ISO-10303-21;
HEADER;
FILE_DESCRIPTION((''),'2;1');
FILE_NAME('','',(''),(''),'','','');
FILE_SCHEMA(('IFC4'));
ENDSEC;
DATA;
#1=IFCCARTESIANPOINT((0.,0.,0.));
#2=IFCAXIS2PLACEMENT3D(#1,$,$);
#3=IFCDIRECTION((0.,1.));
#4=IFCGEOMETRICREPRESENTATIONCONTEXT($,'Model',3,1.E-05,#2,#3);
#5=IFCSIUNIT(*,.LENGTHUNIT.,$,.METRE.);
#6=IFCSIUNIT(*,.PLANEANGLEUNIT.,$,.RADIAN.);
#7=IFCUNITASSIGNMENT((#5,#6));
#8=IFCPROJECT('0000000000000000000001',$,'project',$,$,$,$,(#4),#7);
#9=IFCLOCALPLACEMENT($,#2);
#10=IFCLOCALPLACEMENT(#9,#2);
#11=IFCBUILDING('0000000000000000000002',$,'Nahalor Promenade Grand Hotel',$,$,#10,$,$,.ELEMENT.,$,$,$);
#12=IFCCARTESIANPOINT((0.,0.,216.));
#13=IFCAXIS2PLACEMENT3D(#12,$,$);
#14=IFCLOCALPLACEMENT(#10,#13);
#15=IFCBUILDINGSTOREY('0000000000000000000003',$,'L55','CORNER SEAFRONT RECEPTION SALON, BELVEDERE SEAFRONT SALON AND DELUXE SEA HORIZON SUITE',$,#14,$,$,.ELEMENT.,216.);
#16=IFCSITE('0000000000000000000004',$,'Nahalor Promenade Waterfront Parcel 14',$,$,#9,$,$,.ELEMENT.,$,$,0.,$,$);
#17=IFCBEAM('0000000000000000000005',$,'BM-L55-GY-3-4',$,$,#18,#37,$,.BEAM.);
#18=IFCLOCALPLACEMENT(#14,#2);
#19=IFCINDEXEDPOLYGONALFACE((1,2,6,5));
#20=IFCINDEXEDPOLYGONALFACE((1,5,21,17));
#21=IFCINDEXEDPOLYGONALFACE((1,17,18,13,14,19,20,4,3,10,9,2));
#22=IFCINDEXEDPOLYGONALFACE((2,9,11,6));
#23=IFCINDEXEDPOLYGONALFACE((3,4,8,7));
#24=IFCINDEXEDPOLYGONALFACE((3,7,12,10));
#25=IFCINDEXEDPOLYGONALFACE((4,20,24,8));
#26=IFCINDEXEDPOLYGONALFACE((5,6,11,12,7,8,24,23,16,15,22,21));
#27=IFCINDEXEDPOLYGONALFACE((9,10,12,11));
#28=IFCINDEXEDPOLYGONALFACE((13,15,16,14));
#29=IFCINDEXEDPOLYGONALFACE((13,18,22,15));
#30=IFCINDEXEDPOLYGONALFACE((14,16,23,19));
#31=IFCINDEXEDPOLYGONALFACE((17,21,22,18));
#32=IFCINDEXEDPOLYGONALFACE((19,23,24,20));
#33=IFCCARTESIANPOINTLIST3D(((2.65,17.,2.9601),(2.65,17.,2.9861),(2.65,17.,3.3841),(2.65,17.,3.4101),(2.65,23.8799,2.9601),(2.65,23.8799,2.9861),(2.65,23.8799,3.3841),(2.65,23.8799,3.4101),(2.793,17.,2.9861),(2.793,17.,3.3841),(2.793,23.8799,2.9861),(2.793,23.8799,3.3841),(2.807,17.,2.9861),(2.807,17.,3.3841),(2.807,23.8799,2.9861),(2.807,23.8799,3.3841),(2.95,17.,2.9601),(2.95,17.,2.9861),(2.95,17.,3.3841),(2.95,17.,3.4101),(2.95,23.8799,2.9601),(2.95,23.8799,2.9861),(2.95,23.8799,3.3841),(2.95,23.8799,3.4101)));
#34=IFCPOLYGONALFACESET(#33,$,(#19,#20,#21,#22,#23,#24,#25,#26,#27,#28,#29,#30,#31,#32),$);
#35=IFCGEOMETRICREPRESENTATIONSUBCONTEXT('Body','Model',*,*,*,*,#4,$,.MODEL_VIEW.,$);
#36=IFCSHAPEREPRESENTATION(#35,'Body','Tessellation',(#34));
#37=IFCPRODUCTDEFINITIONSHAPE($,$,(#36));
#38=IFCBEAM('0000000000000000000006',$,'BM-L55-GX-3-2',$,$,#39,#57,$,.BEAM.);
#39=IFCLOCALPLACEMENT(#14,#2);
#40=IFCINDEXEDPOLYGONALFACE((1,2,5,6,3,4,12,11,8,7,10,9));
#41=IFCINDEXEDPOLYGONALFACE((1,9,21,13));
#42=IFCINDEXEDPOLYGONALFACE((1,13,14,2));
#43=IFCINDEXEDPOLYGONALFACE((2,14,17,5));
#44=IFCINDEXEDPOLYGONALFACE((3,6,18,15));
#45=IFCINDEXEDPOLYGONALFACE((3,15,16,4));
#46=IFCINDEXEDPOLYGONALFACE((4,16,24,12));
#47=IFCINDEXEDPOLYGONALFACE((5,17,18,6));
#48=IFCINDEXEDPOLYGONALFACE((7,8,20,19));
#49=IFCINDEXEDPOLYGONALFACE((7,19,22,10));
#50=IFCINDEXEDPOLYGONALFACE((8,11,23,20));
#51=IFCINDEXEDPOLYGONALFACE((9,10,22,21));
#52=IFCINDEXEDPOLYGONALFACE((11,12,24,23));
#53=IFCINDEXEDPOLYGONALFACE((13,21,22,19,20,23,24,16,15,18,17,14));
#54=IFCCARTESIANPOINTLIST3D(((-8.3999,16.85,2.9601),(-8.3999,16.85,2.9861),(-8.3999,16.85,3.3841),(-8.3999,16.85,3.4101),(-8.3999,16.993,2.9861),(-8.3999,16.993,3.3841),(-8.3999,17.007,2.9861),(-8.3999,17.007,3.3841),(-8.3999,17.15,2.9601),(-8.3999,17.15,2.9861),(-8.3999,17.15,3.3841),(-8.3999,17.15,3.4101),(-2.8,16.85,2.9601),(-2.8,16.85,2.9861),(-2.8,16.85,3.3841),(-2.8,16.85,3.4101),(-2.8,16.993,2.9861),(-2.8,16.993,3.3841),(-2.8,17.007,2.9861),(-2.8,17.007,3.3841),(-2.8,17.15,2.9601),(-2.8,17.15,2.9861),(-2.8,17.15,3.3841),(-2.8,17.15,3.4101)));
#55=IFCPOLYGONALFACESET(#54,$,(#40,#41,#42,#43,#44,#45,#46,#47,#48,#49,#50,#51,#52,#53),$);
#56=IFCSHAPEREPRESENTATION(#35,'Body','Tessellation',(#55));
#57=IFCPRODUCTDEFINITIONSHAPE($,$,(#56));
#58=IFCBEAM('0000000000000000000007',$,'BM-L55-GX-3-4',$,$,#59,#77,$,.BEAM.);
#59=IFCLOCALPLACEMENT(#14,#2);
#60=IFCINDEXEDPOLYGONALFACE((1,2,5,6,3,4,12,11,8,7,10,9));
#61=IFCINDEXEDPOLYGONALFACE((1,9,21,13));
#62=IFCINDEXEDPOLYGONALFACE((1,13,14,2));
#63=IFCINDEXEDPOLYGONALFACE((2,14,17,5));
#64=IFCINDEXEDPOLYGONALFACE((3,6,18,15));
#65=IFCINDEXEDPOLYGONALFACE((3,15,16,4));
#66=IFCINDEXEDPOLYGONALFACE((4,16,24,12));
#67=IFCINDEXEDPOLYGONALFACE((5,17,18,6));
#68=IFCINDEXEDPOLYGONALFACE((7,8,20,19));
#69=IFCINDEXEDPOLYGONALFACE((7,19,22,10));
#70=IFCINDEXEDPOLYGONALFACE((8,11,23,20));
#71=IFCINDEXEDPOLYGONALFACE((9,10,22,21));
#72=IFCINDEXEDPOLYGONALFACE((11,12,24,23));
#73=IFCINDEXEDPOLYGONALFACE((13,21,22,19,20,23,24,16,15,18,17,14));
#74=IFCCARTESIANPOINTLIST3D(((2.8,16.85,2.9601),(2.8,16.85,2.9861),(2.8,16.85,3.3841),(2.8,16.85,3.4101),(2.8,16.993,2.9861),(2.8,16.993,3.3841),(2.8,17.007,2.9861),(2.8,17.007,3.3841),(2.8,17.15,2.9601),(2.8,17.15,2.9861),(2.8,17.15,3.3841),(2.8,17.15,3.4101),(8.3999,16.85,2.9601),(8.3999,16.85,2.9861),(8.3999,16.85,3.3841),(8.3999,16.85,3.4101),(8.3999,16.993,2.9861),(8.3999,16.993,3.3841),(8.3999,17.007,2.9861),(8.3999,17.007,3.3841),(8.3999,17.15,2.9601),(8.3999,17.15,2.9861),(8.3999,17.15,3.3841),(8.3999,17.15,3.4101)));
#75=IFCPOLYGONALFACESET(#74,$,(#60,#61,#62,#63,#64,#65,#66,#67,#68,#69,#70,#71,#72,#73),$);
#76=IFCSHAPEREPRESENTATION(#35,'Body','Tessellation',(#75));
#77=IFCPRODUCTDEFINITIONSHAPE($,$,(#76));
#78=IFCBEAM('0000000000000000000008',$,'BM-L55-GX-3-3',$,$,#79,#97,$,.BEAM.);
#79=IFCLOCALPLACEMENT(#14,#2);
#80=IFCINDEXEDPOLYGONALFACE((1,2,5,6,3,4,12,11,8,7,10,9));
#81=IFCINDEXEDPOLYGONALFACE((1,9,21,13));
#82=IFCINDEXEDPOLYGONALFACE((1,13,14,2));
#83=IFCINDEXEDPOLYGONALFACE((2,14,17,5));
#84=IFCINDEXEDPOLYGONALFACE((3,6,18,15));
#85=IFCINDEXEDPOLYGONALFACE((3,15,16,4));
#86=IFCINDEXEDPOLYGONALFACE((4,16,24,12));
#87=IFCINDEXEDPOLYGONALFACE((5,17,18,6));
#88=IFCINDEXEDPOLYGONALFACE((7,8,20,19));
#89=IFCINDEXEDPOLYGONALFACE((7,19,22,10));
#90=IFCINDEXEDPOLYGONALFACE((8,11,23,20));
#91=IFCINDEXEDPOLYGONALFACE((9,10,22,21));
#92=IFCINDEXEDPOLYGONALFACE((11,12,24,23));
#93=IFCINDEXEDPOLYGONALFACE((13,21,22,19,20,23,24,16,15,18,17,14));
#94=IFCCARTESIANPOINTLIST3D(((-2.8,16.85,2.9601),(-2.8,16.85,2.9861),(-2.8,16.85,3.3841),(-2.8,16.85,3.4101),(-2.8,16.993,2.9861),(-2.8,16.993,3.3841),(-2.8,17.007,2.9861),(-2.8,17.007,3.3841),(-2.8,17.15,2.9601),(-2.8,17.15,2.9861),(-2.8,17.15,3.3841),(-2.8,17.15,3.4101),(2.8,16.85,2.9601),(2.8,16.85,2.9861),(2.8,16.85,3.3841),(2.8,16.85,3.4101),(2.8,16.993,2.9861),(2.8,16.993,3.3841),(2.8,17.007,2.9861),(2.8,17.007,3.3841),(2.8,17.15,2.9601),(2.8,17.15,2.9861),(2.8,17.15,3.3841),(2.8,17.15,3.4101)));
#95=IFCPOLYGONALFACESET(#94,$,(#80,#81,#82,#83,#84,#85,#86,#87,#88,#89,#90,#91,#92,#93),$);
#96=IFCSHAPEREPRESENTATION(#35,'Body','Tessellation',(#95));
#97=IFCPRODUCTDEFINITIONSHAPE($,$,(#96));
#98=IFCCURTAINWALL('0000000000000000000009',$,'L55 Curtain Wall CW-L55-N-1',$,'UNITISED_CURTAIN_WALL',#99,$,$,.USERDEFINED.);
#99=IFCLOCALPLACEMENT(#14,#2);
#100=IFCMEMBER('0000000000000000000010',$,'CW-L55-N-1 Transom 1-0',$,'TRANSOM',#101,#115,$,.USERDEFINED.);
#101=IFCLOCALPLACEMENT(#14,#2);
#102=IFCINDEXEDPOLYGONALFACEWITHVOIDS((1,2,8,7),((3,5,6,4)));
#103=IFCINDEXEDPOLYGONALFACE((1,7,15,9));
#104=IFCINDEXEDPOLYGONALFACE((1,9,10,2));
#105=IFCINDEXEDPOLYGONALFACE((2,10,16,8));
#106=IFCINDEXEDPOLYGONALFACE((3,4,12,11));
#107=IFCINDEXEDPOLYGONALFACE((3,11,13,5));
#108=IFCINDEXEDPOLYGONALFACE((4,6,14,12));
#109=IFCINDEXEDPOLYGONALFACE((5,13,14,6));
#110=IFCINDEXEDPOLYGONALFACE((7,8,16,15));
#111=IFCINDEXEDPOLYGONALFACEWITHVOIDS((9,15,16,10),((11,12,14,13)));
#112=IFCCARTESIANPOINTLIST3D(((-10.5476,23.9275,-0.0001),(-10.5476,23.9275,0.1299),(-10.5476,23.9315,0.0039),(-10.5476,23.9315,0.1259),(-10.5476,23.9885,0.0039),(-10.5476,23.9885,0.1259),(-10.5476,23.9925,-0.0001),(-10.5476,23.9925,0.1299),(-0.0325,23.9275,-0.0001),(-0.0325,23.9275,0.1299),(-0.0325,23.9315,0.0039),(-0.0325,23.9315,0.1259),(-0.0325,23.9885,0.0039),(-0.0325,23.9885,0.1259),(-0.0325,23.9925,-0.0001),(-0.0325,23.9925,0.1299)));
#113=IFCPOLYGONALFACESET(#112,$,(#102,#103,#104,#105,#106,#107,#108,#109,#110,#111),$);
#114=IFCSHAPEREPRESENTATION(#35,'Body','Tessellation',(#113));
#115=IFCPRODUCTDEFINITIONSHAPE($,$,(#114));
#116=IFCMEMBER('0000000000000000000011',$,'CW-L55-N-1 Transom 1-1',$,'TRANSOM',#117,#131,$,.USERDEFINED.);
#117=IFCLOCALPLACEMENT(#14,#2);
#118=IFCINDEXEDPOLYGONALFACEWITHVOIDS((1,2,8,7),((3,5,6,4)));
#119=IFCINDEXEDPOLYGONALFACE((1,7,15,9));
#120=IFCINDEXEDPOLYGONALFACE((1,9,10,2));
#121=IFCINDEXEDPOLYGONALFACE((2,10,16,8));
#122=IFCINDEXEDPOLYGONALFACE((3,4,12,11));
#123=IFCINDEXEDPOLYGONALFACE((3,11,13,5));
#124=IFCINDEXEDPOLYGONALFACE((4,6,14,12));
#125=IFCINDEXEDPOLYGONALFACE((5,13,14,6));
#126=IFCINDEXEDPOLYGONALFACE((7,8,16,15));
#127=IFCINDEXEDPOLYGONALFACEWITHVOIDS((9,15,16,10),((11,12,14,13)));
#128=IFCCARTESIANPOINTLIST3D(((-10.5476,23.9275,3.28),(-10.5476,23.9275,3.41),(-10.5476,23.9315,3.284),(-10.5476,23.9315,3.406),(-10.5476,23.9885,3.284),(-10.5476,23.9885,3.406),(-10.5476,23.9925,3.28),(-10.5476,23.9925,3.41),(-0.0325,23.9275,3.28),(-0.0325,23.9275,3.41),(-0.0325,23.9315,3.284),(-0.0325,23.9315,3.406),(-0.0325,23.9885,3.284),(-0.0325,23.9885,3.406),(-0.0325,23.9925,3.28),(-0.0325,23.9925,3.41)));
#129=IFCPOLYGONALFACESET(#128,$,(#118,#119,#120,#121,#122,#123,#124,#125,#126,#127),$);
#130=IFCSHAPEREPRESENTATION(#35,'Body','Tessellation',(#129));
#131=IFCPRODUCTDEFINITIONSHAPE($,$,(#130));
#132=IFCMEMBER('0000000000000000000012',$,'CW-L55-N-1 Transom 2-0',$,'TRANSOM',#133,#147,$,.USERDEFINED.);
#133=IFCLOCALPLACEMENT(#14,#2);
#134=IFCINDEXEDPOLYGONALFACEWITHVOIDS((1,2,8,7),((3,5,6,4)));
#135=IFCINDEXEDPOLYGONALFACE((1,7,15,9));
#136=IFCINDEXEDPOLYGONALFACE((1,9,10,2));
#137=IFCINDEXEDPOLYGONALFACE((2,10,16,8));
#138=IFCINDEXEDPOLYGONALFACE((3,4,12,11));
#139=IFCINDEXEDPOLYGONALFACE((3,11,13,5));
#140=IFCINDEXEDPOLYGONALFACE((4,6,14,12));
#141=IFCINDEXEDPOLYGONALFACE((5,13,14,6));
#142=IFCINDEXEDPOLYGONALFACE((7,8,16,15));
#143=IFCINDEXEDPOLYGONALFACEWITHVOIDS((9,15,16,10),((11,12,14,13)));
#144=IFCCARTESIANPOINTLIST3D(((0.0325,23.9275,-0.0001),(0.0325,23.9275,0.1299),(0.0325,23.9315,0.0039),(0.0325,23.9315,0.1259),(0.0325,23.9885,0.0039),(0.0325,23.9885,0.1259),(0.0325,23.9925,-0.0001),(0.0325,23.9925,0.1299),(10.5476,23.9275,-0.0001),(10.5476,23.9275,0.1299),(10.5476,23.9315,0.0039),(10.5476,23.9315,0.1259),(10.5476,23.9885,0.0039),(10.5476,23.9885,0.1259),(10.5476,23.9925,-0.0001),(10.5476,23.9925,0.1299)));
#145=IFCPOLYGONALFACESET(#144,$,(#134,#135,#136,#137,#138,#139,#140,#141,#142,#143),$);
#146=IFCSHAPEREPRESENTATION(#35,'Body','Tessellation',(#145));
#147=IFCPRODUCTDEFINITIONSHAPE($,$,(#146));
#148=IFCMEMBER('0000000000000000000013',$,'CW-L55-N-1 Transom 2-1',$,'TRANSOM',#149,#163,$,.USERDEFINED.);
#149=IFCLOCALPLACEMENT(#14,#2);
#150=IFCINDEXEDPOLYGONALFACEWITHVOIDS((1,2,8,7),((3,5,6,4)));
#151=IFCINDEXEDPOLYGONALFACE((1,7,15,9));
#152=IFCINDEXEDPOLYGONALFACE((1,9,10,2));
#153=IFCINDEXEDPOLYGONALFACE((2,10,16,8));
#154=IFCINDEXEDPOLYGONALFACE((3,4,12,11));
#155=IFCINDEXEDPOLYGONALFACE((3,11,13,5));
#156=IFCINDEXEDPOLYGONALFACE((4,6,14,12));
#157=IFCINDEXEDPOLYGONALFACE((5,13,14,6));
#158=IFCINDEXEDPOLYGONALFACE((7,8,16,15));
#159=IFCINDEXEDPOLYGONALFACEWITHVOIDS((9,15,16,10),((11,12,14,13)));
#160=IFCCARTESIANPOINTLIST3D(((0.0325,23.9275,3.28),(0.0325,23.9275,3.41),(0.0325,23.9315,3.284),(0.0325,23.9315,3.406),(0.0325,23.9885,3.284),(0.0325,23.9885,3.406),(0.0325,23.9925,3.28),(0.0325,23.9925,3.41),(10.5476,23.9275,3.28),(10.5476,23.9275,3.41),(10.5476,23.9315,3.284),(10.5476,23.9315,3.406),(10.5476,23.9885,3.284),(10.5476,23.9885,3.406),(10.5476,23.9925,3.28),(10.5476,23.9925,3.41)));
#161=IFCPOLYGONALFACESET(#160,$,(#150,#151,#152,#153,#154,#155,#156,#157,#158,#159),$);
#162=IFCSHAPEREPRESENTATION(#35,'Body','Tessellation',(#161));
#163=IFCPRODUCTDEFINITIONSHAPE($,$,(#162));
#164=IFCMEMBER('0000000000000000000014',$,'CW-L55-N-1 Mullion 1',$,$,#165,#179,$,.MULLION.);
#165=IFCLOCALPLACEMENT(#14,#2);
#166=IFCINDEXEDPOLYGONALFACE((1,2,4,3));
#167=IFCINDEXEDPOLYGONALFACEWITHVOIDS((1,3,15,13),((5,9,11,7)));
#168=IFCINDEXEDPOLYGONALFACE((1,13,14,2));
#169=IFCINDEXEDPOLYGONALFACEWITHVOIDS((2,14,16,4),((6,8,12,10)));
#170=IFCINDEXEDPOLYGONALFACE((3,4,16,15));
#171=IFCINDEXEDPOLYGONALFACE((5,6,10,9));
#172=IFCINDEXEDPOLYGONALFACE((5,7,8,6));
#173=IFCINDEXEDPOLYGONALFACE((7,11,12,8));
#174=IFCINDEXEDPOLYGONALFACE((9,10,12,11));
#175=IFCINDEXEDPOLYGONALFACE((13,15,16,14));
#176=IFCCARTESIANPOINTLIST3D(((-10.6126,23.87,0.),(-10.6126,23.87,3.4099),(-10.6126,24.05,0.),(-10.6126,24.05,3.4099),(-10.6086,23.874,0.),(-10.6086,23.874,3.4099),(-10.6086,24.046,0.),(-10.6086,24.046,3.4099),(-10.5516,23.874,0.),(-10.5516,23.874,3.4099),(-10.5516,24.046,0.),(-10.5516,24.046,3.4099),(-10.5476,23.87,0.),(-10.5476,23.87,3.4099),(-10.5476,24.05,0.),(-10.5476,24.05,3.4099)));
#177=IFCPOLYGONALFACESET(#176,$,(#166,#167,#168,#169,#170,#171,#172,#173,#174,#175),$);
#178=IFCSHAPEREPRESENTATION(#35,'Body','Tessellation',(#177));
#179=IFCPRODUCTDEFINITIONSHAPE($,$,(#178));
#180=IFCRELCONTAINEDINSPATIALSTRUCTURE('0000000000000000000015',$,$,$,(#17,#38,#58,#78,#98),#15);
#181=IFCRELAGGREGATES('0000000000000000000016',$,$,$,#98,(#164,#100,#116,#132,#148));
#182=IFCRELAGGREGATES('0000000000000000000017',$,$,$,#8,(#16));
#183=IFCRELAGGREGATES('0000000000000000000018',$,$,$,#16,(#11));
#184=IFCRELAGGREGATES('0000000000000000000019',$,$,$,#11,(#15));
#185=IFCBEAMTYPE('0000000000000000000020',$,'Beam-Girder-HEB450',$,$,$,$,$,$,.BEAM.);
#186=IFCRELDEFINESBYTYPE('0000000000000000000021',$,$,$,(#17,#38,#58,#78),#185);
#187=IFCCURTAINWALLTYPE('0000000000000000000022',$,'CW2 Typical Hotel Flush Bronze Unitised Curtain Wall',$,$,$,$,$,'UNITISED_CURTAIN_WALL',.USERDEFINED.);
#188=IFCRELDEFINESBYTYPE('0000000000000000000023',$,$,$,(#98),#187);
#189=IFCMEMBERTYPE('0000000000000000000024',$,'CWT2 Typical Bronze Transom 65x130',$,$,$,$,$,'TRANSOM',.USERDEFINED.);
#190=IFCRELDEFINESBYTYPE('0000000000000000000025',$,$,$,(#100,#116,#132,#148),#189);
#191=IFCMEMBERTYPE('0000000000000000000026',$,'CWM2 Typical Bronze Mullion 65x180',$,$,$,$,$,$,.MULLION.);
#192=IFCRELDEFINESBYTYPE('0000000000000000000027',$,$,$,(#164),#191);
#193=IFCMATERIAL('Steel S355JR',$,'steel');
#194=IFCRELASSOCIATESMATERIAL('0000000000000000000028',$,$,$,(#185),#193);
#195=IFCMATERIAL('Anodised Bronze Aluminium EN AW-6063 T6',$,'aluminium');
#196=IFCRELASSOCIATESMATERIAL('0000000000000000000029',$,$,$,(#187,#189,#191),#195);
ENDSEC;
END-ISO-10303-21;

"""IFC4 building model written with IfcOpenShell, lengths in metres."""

from ifc_helpers import new_model, si_unit, direction, frame, origin, origin_2d, place, context, subcontext, project, spatial, hollow_rectangle, i_section, extrude, source, transform, mapped, material, material_profile, profile_set, type_object, element, aggregate, save


model = new_model("IFC4")

# Units and contexts
model_context = context("Model", 3, precision=1e-05, world=origin(), true_north=direction((0.0, 1.0)))
body_context = subcontext(model_context, "Body", "Model", "MODEL_VIEW")
ifc_project = project(units=[si_unit("LENGTHUNIT", "METRE"), si_unit("PLANEANGLEUNIT", "RADIAN")], contexts=[model_context])

# Site, building, storey
site_placement = place(None, origin())
site = spatial("IfcSite", under=ifc_project, at=site_placement, Name="Nahalor Promenade Waterfront Parcel 14", CompositionType="ELEMENT", RefElevation=0.0)
building_placement = place(site_placement, origin())
building = spatial("IfcBuilding", under=site, at=building_placement, Name="Nahalor Promenade Grand Hotel", CompositionType="ELEMENT")
storey_placement = place(building_placement, frame((0.0, 0.0, 216.0)))
storey = spatial("IfcBuildingStorey", under=building, at=storey_placement, Name="L55", Description="CORNER SEAFRONT RECEPTION SALON, BELVEDERE SEAFRONT SALON AND DELUXE SEA HORIZON SUITE", CompositionType="ELEMENT", Elevation=216.0)

# Shared definitions
ifc_material_1 = material(Name="Steel S355JR", Category="steel")

# Beams
ifc_material_profile_1 = material_profile(ifc_material_1, i_section(OverallWidth=0.3, OverallDepth=0.45, WebThickness=0.014, FlangeThickness=0.026, at=origin_2d()), Name="HEB 450")
ifc_profile_set_1 = profile_set([ifc_material_profile_1], Name="Steel S355JR")
beam_type_1 = type_object("IfcBeamType", Name="Beam-Girder-HEB450", PredefinedType="BEAM", material=ifc_profile_set_1)
shared_shape_1 = source(origin(), body_context, "Body", "SweptSolid", [
    extrude(i_section(OverallWidth=0.3, OverallDepth=0.45, WebThickness=0.014, FlangeThickness=0.026, at=origin_2d()), origin(), (0.0, 0.0, 1.0), 6.8799),
])
for number, where, z_axis, x_axis, name in (
    (1, (2.8, 17.0, 3.1851), (0.0, 1.0, 0.0), (-1.0, 0.0, 0.0), "BM-L55-GY-3-4"),
):
    element("IfcBeam", number, at=place(storey_placement, frame(where, z_axis=z_axis, x_axis=x_axis)), inside=storey, type_object=beam_type_1, Name=name, PredefinedType="BEAM", context=body_context, shape_type="MappedRepresentation", body=[
        mapped(shared_shape_1, transform((0.0, 0.0, 0.0), scale=1.0)),
    ])
shared_shape_2 = source(origin(), body_context, "Body", "SweptSolid", [
    extrude(i_section(OverallWidth=0.3, OverallDepth=0.45, WebThickness=0.014, FlangeThickness=0.026, at=origin_2d()), origin(), (0.0, 0.0, 1.0), 5.5999),
])
for number, where, z_axis, x_axis, name in (
    (2, (-8.3999, 17.0, 3.1851), (1.0, 0.0, 0.0), (0.0, 1.0, 0.0), "BM-L55-GX-3-2"),
    (3, (2.8, 17.0, 3.1851), (1.0, 0.0, 0.0), (0.0, 1.0, 0.0), "BM-L55-GX-3-4"),
):
    element("IfcBeam", number, at=place(storey_placement, frame(where, z_axis=z_axis, x_axis=x_axis)), inside=storey, type_object=beam_type_1, Name=name, PredefinedType="BEAM", context=body_context, shape_type="MappedRepresentation", body=[
        mapped(shared_shape_2, transform((0.0, 0.0, 0.0), scale=1.0)),
    ])
shared_shape_3 = source(origin(), body_context, "Body", "SweptSolid", [
    extrude(i_section(OverallWidth=0.3, OverallDepth=0.45, WebThickness=0.014, FlangeThickness=0.026, at=origin_2d()), origin(), (0.0, 0.0, 1.0), 5.6001),
])
beam_1_placement = place(storey_placement, frame((-2.8, 17.0, 3.1851), z_axis=(1.0, 0.0, 0.0), x_axis=(0.0, 1.0, 0.0)))
element("IfcBeam", 4, at=beam_1_placement, inside=storey, type_object=beam_type_1, Name="BM-L55-GX-3-3", PredefinedType="BEAM", context=body_context, shape_type="MappedRepresentation", body=[
    mapped(shared_shape_3, transform((0.0, 0.0, 0.0), scale=1.0)),
])

# Curtain wall, members
ifc_material_2 = material(Name="Anodised Bronze Aluminium EN AW-6063 T6", Category="aluminium")
curtain_wall_type = type_object("IfcCurtainWallType", Name="CW2 Typical Hotel Flush Bronze Unitised Curtain Wall", ElementType="UNITISED_CURTAIN_WALL", PredefinedType="USERDEFINED", material=ifc_material_2)
curtain_wall_placement = place(storey_placement, origin())
curtain_wall = element("IfcCurtainWall", 5, at=curtain_wall_placement, inside=storey, type_object=curtain_wall_type, Name="L55 Curtain Wall CW-L55-N-1", ObjectType="UNITISED_CURTAIN_WALL", PredefinedType="USERDEFINED")
ifc_material_profile_2 = material_profile(ifc_material_2, hollow_rectangle(XDim=0.065, YDim=0.13, WallThickness=0.004, at=origin_2d()), Name="CWT 65x130x4")
ifc_profile_set_2 = profile_set([ifc_material_profile_2], Name="Anodised Bronze Aluminium EN AW-6063 T6")
member_type_1 = type_object("IfcMemberType", Name="CWT2 Typical Bronze Transom 65x130", ElementType="TRANSOM", PredefinedType="USERDEFINED", material=ifc_profile_set_2)
shared_shape_4 = source(origin(), body_context, "Body", "SweptSolid", [
    extrude(hollow_rectangle(XDim=0.065, YDim=0.13, WallThickness=0.004, at=origin_2d()), origin(), (0.0, 0.0, 1.0), 10.5151),
])
member_1_placement = place(storey_placement, frame((-10.5476, 23.96, 0.0649), z_axis=(1.0, 0.0, 0.0), x_axis=(0.0, 1.0, 0.0)))
member_1 = element("IfcMember", 6, at=member_1_placement, type_object=member_type_1, Name="CW-L55-N-1 Transom 1-0", ObjectType="TRANSOM", PredefinedType="USERDEFINED", context=body_context, shape_type="MappedRepresentation", body=[
    mapped(shared_shape_4, transform((0.0, 0.0, 0.0), scale=1.0)),
])
member_2_placement = place(storey_placement, frame((-10.5476, 23.96, 3.345), z_axis=(1.0, 0.0, 0.0), x_axis=(0.0, 1.0, 0.0)))
member_2 = element("IfcMember", 7, at=member_2_placement, type_object=member_type_1, Name="CW-L55-N-1 Transom 1-1", ObjectType="TRANSOM", PredefinedType="USERDEFINED", context=body_context, shape_type="MappedRepresentation", body=[
    mapped(shared_shape_4, transform((0.0, 0.0, 0.0), scale=1.0)),
])
member_3_placement = place(storey_placement, frame((0.0325, 23.96, 0.0649), z_axis=(1.0, 0.0, 0.0), x_axis=(0.0, 1.0, 0.0)))
member_3 = element("IfcMember", 8, at=member_3_placement, type_object=member_type_1, Name="CW-L55-N-1 Transom 2-0", ObjectType="TRANSOM", PredefinedType="USERDEFINED", context=body_context, shape_type="MappedRepresentation", body=[
    mapped(shared_shape_4, transform((0.0, 0.0, 0.0), scale=1.0)),
])
member_4_placement = place(storey_placement, frame((0.0325, 23.96, 3.345), z_axis=(1.0, 0.0, 0.0), x_axis=(0.0, 1.0, 0.0)))
member_4 = element("IfcMember", 9, at=member_4_placement, type_object=member_type_1, Name="CW-L55-N-1 Transom 2-1", ObjectType="TRANSOM", PredefinedType="USERDEFINED", context=body_context, shape_type="MappedRepresentation", body=[
    mapped(shared_shape_4, transform((0.0, 0.0, 0.0), scale=1.0)),
])
ifc_material_profile_3 = material_profile(ifc_material_2, hollow_rectangle(XDim=0.065, YDim=0.18, WallThickness=0.004, at=origin_2d()), Name="CWM 65x180x4")
ifc_profile_set_3 = profile_set([ifc_material_profile_3], Name="Anodised Bronze Aluminium EN AW-6063 T6")
member_type_2 = type_object("IfcMemberType", Name="CWM2 Typical Bronze Mullion 65x180", PredefinedType="MULLION", material=ifc_profile_set_3)
shared_shape_5 = source(origin(), body_context, "Body", "SweptSolid", [
    extrude(hollow_rectangle(XDim=0.065, YDim=0.18, WallThickness=0.004, at=origin_2d()), origin(), (0.0, 0.0, 1.0), 3.4099),
])
member_5_placement = place(storey_placement, frame((-10.5801, 23.96, 0.0), z_axis=(0.0, 0.0, 1.0), x_axis=(1.0, 0.0, 0.0)))
member_5 = element("IfcMember", 10, at=member_5_placement, type_object=member_type_2, Name="CW-L55-N-1 Mullion 1", PredefinedType="MULLION", context=body_context, shape_type="MappedRepresentation", body=[
    mapped(shared_shape_5, transform((0.0, 0.0, 0.0), scale=1.0)),
])
aggregate(curtain_wall, [member_5, member_1, member_2, member_3, member_4])

save(model, "model.ifc")
